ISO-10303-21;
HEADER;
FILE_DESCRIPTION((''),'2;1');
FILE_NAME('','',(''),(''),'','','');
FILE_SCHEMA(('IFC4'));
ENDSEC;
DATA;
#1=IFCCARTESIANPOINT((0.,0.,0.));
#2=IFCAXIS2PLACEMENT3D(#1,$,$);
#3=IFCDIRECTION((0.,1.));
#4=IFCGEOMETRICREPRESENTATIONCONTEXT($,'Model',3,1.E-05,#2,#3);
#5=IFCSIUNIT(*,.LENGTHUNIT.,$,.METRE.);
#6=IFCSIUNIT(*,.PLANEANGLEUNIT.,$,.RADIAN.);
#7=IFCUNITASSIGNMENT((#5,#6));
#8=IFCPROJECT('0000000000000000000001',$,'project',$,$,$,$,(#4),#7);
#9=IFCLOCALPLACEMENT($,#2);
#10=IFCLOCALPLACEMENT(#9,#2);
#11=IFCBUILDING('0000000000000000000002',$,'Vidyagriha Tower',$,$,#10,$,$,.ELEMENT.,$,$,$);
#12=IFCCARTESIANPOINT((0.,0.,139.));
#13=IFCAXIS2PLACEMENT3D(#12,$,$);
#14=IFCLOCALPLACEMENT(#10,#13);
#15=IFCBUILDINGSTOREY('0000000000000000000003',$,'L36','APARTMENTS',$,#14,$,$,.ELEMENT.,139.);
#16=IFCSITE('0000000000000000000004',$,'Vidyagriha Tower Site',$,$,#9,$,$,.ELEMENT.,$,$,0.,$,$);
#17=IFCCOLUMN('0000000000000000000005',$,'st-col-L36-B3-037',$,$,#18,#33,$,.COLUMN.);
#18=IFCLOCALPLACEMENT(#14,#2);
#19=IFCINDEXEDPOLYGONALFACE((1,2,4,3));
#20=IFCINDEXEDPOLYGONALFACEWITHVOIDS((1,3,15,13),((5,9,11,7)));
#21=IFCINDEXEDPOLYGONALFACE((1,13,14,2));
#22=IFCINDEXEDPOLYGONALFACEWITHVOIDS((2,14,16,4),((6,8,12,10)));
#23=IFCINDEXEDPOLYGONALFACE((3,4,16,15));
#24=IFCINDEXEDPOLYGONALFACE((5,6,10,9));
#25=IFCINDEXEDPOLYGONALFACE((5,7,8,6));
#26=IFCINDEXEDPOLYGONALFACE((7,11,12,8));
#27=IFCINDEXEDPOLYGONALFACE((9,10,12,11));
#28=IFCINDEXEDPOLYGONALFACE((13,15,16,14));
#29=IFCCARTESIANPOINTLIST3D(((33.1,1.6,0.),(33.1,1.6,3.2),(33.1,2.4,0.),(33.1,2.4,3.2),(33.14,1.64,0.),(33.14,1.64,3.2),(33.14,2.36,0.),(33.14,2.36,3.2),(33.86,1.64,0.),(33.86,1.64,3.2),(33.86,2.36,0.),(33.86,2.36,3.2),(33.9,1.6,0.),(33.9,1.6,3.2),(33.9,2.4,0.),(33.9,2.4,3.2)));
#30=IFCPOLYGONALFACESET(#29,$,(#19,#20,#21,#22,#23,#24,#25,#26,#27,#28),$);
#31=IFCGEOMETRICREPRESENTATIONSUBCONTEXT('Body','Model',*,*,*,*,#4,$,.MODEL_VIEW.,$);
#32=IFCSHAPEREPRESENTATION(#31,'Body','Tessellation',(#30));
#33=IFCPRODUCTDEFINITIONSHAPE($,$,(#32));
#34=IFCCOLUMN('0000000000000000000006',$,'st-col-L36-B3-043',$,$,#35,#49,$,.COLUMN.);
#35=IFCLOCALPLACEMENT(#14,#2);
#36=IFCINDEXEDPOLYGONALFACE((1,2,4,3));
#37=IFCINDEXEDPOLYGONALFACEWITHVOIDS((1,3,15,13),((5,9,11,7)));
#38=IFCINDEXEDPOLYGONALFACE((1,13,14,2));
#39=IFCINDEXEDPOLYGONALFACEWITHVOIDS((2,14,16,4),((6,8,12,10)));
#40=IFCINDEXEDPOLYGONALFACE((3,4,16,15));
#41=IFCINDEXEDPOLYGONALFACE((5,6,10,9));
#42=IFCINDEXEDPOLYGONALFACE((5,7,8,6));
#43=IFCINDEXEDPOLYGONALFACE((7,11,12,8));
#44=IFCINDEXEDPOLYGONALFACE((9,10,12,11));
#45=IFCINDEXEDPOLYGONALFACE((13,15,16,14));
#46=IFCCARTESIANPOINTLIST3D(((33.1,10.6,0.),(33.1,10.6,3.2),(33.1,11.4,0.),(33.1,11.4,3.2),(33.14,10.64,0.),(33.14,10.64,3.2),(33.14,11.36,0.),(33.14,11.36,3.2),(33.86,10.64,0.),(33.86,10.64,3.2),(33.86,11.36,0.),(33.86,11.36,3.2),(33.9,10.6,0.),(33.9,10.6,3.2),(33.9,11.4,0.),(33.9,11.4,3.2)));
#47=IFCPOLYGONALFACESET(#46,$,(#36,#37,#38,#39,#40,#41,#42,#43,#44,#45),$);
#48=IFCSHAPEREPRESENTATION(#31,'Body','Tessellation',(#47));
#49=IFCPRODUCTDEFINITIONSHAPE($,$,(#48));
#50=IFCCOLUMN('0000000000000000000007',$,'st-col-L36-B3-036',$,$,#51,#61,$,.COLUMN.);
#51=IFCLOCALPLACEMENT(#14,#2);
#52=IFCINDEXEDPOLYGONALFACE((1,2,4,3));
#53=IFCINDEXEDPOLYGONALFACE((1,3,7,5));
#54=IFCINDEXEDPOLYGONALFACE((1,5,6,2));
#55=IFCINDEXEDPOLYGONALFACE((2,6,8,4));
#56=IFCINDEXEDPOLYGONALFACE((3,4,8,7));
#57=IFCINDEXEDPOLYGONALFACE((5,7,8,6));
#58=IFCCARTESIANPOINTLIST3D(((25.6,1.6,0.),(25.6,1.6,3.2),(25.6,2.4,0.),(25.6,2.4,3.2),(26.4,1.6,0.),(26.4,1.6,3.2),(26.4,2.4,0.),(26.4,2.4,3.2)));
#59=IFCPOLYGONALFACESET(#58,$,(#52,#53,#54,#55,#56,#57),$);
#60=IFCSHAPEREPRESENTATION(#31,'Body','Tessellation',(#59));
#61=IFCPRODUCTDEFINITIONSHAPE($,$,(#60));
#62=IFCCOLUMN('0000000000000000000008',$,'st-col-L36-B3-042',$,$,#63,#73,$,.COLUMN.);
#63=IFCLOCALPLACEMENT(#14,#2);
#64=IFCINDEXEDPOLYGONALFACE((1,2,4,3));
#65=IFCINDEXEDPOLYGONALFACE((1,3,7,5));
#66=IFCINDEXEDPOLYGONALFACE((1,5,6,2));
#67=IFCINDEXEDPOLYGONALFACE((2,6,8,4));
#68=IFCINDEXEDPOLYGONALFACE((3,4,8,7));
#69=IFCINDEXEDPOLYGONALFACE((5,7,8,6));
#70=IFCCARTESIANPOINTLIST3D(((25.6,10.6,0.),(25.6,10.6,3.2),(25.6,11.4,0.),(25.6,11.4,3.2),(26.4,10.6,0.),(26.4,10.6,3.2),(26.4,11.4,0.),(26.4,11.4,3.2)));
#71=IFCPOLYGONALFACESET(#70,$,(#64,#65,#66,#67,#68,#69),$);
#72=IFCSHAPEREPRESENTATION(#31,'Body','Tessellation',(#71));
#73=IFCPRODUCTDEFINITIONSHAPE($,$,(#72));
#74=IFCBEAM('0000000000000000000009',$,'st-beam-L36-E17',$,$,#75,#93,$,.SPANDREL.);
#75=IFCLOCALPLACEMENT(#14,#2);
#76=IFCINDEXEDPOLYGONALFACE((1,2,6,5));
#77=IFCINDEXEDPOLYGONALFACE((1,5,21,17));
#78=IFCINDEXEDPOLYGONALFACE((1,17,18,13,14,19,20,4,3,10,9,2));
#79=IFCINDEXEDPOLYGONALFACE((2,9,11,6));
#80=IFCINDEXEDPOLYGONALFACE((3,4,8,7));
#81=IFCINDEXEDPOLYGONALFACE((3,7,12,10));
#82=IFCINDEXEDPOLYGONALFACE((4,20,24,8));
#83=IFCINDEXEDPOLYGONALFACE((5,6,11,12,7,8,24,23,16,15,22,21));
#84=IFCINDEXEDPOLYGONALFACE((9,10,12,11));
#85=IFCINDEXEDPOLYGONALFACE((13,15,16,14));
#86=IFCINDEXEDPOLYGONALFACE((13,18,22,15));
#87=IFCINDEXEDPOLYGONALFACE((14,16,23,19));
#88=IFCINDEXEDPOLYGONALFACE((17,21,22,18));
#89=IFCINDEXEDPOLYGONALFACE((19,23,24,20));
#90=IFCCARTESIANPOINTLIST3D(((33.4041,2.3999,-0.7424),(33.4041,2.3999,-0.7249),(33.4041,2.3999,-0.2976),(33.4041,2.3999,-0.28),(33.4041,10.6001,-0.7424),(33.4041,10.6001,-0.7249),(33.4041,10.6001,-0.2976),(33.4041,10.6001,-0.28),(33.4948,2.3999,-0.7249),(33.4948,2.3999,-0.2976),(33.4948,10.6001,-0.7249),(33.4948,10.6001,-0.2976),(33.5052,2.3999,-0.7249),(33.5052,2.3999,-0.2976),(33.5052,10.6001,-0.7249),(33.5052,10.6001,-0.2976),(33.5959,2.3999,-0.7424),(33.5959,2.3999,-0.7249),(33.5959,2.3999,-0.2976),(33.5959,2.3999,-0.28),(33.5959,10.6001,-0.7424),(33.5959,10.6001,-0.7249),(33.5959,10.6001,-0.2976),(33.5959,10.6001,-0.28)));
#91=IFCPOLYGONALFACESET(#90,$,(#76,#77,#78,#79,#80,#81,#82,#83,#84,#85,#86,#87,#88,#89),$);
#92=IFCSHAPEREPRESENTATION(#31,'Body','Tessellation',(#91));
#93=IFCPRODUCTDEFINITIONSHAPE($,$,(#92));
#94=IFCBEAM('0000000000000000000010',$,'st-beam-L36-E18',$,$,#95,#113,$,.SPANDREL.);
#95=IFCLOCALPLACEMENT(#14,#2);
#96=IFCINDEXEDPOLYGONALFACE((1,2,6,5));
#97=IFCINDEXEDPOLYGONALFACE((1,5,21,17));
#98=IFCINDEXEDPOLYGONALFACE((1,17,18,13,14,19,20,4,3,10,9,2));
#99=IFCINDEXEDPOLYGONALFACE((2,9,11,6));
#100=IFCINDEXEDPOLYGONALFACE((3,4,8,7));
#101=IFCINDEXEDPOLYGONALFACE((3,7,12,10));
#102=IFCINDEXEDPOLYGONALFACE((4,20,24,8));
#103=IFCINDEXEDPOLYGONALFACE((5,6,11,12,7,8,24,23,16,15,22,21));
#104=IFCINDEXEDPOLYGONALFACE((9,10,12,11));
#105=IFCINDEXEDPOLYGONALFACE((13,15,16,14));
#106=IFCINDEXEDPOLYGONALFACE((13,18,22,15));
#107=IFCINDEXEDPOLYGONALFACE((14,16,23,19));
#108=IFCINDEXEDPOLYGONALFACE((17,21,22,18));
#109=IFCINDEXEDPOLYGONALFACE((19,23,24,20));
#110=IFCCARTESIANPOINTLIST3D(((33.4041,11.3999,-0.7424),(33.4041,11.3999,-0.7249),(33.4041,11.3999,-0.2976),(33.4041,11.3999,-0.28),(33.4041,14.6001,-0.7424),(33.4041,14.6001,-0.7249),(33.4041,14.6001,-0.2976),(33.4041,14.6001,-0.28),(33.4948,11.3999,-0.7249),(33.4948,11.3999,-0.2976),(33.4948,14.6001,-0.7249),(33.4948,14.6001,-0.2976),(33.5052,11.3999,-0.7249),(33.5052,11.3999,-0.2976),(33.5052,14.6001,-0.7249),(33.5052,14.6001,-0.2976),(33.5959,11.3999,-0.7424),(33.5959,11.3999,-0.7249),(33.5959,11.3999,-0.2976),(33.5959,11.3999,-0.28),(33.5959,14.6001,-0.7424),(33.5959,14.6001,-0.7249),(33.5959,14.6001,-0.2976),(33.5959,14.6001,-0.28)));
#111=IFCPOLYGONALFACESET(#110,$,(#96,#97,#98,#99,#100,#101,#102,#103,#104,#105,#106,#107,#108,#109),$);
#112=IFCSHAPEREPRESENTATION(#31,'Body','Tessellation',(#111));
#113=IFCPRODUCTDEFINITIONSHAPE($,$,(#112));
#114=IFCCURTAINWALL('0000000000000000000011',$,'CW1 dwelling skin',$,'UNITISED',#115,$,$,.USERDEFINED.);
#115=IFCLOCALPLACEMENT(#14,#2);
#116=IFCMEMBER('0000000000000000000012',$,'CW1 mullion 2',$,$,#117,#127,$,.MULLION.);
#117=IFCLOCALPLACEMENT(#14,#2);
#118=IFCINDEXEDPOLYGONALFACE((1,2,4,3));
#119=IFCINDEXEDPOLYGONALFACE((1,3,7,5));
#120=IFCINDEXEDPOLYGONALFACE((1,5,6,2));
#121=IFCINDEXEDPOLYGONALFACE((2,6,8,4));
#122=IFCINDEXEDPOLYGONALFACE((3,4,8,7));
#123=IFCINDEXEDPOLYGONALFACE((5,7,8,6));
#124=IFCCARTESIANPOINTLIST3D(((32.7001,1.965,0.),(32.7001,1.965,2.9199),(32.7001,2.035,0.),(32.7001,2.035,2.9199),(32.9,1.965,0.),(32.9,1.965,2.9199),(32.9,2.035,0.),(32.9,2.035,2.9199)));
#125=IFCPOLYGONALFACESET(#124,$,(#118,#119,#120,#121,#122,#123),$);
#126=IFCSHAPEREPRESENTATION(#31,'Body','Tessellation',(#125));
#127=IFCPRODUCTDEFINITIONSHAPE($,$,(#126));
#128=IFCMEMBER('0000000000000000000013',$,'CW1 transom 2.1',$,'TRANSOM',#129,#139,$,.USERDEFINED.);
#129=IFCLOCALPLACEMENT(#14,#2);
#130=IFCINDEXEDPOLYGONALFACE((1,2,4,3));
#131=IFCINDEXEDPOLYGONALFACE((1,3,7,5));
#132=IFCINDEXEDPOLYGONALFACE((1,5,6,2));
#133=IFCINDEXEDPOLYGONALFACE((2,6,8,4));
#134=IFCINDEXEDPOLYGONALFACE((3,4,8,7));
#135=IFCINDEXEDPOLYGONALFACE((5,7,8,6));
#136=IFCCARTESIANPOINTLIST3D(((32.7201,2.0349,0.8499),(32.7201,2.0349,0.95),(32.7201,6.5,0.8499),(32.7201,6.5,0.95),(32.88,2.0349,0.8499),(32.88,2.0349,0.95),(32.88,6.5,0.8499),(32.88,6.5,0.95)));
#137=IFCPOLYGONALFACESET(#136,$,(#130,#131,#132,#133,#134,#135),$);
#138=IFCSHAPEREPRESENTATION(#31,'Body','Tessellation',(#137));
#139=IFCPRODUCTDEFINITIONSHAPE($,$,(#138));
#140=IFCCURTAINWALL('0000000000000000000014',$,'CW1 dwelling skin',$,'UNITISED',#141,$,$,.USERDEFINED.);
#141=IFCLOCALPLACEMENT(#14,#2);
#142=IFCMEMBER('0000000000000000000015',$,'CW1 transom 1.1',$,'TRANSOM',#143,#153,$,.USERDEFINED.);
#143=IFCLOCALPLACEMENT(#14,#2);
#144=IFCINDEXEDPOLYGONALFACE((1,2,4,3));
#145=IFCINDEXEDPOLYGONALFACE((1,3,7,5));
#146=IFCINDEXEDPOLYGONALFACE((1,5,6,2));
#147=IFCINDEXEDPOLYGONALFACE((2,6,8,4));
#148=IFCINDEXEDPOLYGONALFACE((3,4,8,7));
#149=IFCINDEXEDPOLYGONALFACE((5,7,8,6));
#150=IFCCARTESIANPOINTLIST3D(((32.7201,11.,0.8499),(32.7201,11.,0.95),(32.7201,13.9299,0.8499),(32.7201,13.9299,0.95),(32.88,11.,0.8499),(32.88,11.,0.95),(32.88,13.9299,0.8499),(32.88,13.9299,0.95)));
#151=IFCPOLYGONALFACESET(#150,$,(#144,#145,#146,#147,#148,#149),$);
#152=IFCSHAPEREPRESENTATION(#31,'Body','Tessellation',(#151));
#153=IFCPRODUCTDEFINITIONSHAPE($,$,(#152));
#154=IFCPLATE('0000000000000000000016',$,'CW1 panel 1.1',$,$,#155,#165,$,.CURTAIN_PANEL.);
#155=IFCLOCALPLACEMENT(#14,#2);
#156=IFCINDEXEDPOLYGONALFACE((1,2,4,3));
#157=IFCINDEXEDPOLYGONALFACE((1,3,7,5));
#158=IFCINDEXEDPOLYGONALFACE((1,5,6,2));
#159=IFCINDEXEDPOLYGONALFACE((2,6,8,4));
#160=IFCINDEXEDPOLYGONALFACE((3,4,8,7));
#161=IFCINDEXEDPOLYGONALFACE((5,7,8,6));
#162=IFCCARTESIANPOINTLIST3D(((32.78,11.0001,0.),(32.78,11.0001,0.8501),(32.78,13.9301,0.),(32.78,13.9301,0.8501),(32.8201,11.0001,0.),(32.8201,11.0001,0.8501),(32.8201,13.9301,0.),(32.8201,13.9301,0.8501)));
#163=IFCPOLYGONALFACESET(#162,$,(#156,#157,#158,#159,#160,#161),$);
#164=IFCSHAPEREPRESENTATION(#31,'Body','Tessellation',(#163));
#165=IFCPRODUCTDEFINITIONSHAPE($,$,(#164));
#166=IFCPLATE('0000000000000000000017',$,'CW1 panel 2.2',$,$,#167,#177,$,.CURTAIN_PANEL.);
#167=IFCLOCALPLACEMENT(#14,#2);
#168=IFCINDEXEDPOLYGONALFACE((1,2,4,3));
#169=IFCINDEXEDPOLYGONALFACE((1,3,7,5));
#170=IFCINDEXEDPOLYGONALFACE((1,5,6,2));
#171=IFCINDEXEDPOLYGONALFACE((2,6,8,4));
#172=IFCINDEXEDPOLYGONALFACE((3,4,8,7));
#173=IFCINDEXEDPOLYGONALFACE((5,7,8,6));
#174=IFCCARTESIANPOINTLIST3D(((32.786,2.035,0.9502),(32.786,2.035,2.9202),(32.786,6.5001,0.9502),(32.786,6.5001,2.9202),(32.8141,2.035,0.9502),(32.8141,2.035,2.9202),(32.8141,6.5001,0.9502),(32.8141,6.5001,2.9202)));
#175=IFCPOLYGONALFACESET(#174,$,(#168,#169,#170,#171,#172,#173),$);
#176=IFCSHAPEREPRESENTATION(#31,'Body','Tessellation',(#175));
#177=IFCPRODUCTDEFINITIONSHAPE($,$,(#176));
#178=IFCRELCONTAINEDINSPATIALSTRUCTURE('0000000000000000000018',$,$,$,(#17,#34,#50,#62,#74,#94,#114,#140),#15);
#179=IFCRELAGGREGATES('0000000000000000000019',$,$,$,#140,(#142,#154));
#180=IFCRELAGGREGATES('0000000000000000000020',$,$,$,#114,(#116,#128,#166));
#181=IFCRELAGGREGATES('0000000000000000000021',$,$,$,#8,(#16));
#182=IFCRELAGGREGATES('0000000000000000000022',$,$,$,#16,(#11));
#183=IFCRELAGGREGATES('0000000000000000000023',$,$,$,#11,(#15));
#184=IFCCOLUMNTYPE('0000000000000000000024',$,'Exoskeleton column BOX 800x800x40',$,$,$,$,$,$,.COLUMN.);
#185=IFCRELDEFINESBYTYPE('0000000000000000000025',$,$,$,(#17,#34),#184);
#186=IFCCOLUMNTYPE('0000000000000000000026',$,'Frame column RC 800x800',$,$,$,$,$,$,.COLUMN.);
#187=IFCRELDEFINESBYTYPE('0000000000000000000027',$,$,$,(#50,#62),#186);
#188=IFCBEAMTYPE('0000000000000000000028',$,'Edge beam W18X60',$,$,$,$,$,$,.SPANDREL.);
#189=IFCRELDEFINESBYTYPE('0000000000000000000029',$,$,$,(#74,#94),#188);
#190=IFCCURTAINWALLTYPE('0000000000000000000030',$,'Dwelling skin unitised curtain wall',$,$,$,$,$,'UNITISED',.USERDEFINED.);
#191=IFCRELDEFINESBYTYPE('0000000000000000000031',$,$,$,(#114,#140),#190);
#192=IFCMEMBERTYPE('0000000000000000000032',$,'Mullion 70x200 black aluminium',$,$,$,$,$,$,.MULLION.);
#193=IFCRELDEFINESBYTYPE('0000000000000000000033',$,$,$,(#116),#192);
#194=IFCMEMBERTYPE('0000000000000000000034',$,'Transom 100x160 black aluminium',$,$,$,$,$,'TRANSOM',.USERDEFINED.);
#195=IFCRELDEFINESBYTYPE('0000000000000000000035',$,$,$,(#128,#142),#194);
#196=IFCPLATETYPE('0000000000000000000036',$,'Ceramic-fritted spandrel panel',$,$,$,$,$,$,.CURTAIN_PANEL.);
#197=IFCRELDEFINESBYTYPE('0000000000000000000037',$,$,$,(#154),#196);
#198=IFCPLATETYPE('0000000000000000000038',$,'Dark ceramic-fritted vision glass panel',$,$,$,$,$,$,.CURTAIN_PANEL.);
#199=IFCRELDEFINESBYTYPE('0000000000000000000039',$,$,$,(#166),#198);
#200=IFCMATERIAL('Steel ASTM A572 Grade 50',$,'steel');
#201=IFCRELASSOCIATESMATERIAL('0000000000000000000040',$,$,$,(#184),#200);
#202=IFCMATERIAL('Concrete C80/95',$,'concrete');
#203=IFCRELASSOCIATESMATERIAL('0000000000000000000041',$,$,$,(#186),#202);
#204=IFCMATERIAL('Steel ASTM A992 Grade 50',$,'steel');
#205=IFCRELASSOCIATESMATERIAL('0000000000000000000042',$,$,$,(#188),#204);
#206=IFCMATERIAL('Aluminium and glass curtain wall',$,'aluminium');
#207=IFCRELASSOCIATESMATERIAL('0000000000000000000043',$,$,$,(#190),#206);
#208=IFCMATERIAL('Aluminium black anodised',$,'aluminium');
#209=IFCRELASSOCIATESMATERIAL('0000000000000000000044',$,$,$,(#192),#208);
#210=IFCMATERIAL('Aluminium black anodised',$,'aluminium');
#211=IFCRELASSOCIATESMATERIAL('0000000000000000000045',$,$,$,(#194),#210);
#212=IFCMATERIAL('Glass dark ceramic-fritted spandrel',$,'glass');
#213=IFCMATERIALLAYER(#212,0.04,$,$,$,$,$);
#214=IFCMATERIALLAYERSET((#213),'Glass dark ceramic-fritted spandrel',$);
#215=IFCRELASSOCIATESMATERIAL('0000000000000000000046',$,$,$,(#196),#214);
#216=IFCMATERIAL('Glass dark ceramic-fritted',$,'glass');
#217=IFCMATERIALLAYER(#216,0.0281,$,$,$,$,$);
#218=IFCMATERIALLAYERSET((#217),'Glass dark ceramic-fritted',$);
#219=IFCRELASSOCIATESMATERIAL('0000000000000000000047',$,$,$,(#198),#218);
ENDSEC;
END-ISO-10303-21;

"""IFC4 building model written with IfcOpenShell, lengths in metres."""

from ifc_helpers import new_model, si_unit, direction, frame, origin, origin_2d, place, context, subcontext, project, spatial, rectangle, hollow_rectangle, i_section, extrude, material, layer, layer_set, material_profile, profile_set, type_object, element, aggregate, save


model = new_model("IFC4")

# Units and contexts
model_context = context("Model", 3, precision=1e-05, world=origin(), true_north=direction((0.0, 1.0)))
body_context = subcontext(model_context, "Body", "Model", "MODEL_VIEW")
ifc_project = project(units=[si_unit("LENGTHUNIT", "METRE"), si_unit("PLANEANGLEUNIT", "RADIAN")], contexts=[model_context])

# Site, building, storey
site_placement = place(None, origin())
site = spatial("IfcSite", under=ifc_project, at=site_placement, Name="Vidyagriha Tower Site", CompositionType="ELEMENT", RefElevation=0.0)
building_placement = place(site_placement, origin())
building = spatial("IfcBuilding", under=site, at=building_placement, Name="Vidyagriha Tower", CompositionType="ELEMENT")
storey_placement = place(building_placement, frame((0.0, 0.0, 139.0)))
storey = spatial("IfcBuildingStorey", under=building, at=storey_placement, Name="L36", Description="APARTMENTS", CompositionType="ELEMENT", Elevation=139.0)

# Columns
ifc_material_1 = material(Name="Steel ASTM A572 Grade 50", Category="steel")
ifc_material_profile_1 = material_profile(ifc_material_1, hollow_rectangle(XDim=0.8, YDim=0.8, WallThickness=0.04, at=origin_2d()), Name="BOX 800x800x40")
ifc_profile_set_1 = profile_set([ifc_material_profile_1], Name="Steel ASTM A572 Grade 50")
column_type_1 = type_object("IfcColumnType", Name="Exoskeleton column BOX 800x800x40", PredefinedType="COLUMN", material=ifc_profile_set_1)
for number, where, name in (
    (1, (33.5, 2.0, 0.0), "st-col-L36-B3-037"),
    (2, (33.5, 11.0, 0.0), "st-col-L36-B3-043"),
):
    element("IfcColumn", number, at=place(storey_placement, frame(where)), inside=storey, type_object=column_type_1, Name=name, PredefinedType="COLUMN", context=body_context, shape_type="SweptSolid", body=[
        extrude(hollow_rectangle(XDim=0.8, YDim=0.8, WallThickness=0.04, at=origin_2d()), origin(), (0.0, 0.0, 1.0), 3.2),
    ])
ifc_material_2 = material(Name="Concrete C80/95", Category="concrete")
ifc_material_profile_2 = material_profile(ifc_material_2, rectangle(XDim=0.8, YDim=0.8, at=origin_2d()), Name="RC 800x800")
ifc_profile_set_2 = profile_set([ifc_material_profile_2], Name="Concrete C80/95")
column_type_2 = type_object("IfcColumnType", Name="Frame column RC 800x800", PredefinedType="COLUMN", material=ifc_profile_set_2)
for number, where, name in (
    (3, (26.0, 2.0, 0.0), "st-col-L36-B3-036"),
    (4, (26.0, 11.0, 0.0), "st-col-L36-B3-042"),
):
    element("IfcColumn", number, at=place(storey_placement, frame(where)), inside=storey, type_object=column_type_2, Name=name, PredefinedType="COLUMN", context=body_context, shape_type="SweptSolid", body=[
        extrude(rectangle(XDim=0.8, YDim=0.8, at=origin_2d()), origin(), (0.0, 0.0, 1.0), 3.2),
    ])

# Beams
ifc_material_3 = material(Name="Steel ASTM A992 Grade 50", Category="steel")
ifc_material_profile_3 = material_profile(ifc_material_3, i_section(OverallWidth=0.1919, OverallDepth=0.4624, WebThickness=0.0105, FlangeThickness=0.0176, at=origin_2d()), Name="W18X60")
ifc_profile_set_3 = profile_set([ifc_material_profile_3], Name="Steel ASTM A992 Grade 50")
beam_type = type_object("IfcBeamType", Name="Edge beam W18X60", PredefinedType="SPANDREL", material=ifc_profile_set_3)
beam_1_placement = place(storey_placement, frame((33.5, 2.3999, -0.5112), z_axis=(0.0, 1.0, 0.0), x_axis=(-1.0, 0.0, 0.0)))
element("IfcBeam", 5, at=beam_1_placement, inside=storey, type_object=beam_type, Name="st-beam-L36-E17", PredefinedType="SPANDREL", context=body_context, shape_type="SweptSolid", body=[
    extrude(i_section(OverallWidth=0.1919, OverallDepth=0.4624, WebThickness=0.0105, FlangeThickness=0.0176, at=origin_2d()), origin(), (0.0, 0.0, 1.0), 8.2002),
])
beam_2_placement = place(storey_placement, frame((33.5, 11.3999, -0.5112), z_axis=(0.0, 1.0, 0.0), x_axis=(-1.0, 0.0, 0.0)))
element("IfcBeam", 6, at=beam_2_placement, inside=storey, type_object=beam_type, Name="st-beam-L36-E18", PredefinedType="SPANDREL", context=body_context, shape_type="SweptSolid", body=[
    extrude(i_section(OverallWidth=0.1919, OverallDepth=0.4624, WebThickness=0.0105, FlangeThickness=0.0176, at=origin_2d()), origin(), (0.0, 0.0, 1.0), 3.2002),
])

# Curtain wall, members
ifc_material_4 = material(Name="Aluminium and glass curtain wall", Category="aluminium")
curtain_wall_type = type_object("IfcCurtainWallType", Name="Dwelling skin unitised curtain wall", ElementType="UNITISED", PredefinedType="USERDEFINED", material=ifc_material_4)
curtain_wall_1_placement = place(storey_placement, origin())
curtain_wall_1 = element("IfcCurtainWall", 7, at=curtain_wall_1_placement, inside=storey, type_object=curtain_wall_type, Name="CW1 dwelling skin", ObjectType="UNITISED", PredefinedType="USERDEFINED")
ifc_material_5 = material(Name="Aluminium black anodised", Category="aluminium")
ifc_material_profile_4 = material_profile(ifc_material_5, rectangle(XDim=0.2, YDim=0.0701, at=origin_2d()), Name="Mullion 70x200 black aluminium")
ifc_profile_set_4 = profile_set([ifc_material_profile_4], Name="Aluminium black anodised")
member_type_1 = type_object("IfcMemberType", Name="Mullion 70x200 black aluminium", PredefinedType="MULLION", material=ifc_profile_set_4)
member_1_placement = place(storey_placement, frame((32.8, 2.0, 0.0), z_axis=(0.0, 0.0, 1.0), x_axis=(-1.0, 0.0, 0.0)))
member_1 = element("IfcMember", 8, at=member_1_placement, type_object=member_type_1, Name="CW1 mullion 2", PredefinedType="MULLION", context=body_context, shape_type="SweptSolid", body=[
    extrude(rectangle(XDim=0.2, YDim=0.0701, at=origin_2d()), origin(), (0.0, 0.0, 1.0), 2.9199),
])
ifc_material_6 = material(Name="Aluminium black anodised", Category="aluminium")
ifc_material_profile_5 = material_profile(ifc_material_6, rectangle(XDim=0.1599, YDim=0.1001, at=origin_2d()), Name="Transom 100x160 black aluminium")
ifc_profile_set_5 = profile_set([ifc_material_profile_5], Name="Aluminium black anodised")
member_type_2 = type_object("IfcMemberType", Name="Transom 100x160 black aluminium", ElementType="TRANSOM", PredefinedType="USERDEFINED", material=ifc_profile_set_5)
member_2_placement = place(storey_placement, frame((32.8, 2.0349, 0.8999), z_axis=(0.0, 1.0, 0.0), x_axis=(-1.0, 0.0, 0.0)))
member_2 = element("IfcMember", 9, at=member_2_placement, type_object=member_type_2, Name="CW1 transom 2.1", ObjectType="TRANSOM", PredefinedType="USERDEFINED", context=body_context, shape_type="SweptSolid", body=[
    extrude(rectangle(XDim=0.1599, YDim=0.1001, at=origin_2d()), origin(), (0.0, 0.0, 1.0), 4.4651),
])

# Curtain wall, member, plate
curtain_wall_2_placement = place(storey_placement, origin())
curtain_wall_2 = element("IfcCurtainWall", 10, at=curtain_wall_2_placement, inside=storey, type_object=curtain_wall_type, Name="CW1 dwelling skin", ObjectType="UNITISED", PredefinedType="USERDEFINED")
member_3_placement = place(storey_placement, frame((32.8, 11.0, 0.8999), z_axis=(0.0, 1.0, 0.0), x_axis=(-1.0, 0.0, 0.0)))
member_3 = element("IfcMember", 11, at=member_3_placement, type_object=member_type_2, Name="CW1 transom 1.1", ObjectType="TRANSOM", PredefinedType="USERDEFINED", context=body_context, shape_type="SweptSolid", body=[
    extrude(rectangle(XDim=0.1599, YDim=0.1001, at=origin_2d()), origin(), (0.0, 0.0, 1.0), 2.9299),
])
ifc_material_7 = material(Name="Glass dark ceramic-fritted spandrel", Category="glass")
ifc_layer_1 = layer(ifc_material_7, 0.04)
ifc_layer_set_1 = layer_set([ifc_layer_1], Name="Glass dark ceramic-fritted spandrel")
plate_type_1 = type_object("IfcPlateType", Name="Ceramic-fritted spandrel panel", PredefinedType="CURTAIN_PANEL", material=ifc_layer_set_1)
plate_1_placement = place(storey_placement, frame((32.8, 12.4651, 0.0), z_axis=(0.0, 0.0, 1.0), x_axis=(0.0, 1.0, 0.0)))
plate_1 = element("IfcPlate", 12, at=plate_1_placement, type_object=plate_type_1, Name="CW1 panel 1.1", PredefinedType="CURTAIN_PANEL", context=body_context, shape_type="SweptSolid", body=[
    extrude(rectangle(XDim=2.9299, YDim=0.04, at=origin_2d()), origin(), (0.0, 0.0, 1.0), 0.8501),
])
aggregate(curtain_wall_2, [member_3, plate_1])

# Plate
ifc_material_8 = material(Name="Glass dark ceramic-fritted", Category="glass")
ifc_layer_2 = layer(ifc_material_8, 0.0281)
ifc_layer_set_2 = layer_set([ifc_layer_2], Name="Glass dark ceramic-fritted")
plate_type_2 = type_object("IfcPlateType", Name="Dark ceramic-fritted vision glass panel", PredefinedType="CURTAIN_PANEL", material=ifc_layer_set_2)
plate_2_placement = place(storey_placement, frame((32.8, 4.2676, 0.9502), z_axis=(0.0, 0.0, 1.0), x_axis=(0.0, 1.0, 0.0)))
plate_2 = element("IfcPlate", 13, at=plate_2_placement, type_object=plate_type_2, Name="CW1 panel 2.2", PredefinedType="CURTAIN_PANEL", context=body_context, shape_type="SweptSolid", body=[
    extrude(rectangle(XDim=4.4651, YDim=0.0281, at=origin_2d()), origin(), (0.0, 0.0, 1.0), 1.97),
])
aggregate(curtain_wall_1, [member_1, member_2, plate_2])

save(model, "model.ifc")
